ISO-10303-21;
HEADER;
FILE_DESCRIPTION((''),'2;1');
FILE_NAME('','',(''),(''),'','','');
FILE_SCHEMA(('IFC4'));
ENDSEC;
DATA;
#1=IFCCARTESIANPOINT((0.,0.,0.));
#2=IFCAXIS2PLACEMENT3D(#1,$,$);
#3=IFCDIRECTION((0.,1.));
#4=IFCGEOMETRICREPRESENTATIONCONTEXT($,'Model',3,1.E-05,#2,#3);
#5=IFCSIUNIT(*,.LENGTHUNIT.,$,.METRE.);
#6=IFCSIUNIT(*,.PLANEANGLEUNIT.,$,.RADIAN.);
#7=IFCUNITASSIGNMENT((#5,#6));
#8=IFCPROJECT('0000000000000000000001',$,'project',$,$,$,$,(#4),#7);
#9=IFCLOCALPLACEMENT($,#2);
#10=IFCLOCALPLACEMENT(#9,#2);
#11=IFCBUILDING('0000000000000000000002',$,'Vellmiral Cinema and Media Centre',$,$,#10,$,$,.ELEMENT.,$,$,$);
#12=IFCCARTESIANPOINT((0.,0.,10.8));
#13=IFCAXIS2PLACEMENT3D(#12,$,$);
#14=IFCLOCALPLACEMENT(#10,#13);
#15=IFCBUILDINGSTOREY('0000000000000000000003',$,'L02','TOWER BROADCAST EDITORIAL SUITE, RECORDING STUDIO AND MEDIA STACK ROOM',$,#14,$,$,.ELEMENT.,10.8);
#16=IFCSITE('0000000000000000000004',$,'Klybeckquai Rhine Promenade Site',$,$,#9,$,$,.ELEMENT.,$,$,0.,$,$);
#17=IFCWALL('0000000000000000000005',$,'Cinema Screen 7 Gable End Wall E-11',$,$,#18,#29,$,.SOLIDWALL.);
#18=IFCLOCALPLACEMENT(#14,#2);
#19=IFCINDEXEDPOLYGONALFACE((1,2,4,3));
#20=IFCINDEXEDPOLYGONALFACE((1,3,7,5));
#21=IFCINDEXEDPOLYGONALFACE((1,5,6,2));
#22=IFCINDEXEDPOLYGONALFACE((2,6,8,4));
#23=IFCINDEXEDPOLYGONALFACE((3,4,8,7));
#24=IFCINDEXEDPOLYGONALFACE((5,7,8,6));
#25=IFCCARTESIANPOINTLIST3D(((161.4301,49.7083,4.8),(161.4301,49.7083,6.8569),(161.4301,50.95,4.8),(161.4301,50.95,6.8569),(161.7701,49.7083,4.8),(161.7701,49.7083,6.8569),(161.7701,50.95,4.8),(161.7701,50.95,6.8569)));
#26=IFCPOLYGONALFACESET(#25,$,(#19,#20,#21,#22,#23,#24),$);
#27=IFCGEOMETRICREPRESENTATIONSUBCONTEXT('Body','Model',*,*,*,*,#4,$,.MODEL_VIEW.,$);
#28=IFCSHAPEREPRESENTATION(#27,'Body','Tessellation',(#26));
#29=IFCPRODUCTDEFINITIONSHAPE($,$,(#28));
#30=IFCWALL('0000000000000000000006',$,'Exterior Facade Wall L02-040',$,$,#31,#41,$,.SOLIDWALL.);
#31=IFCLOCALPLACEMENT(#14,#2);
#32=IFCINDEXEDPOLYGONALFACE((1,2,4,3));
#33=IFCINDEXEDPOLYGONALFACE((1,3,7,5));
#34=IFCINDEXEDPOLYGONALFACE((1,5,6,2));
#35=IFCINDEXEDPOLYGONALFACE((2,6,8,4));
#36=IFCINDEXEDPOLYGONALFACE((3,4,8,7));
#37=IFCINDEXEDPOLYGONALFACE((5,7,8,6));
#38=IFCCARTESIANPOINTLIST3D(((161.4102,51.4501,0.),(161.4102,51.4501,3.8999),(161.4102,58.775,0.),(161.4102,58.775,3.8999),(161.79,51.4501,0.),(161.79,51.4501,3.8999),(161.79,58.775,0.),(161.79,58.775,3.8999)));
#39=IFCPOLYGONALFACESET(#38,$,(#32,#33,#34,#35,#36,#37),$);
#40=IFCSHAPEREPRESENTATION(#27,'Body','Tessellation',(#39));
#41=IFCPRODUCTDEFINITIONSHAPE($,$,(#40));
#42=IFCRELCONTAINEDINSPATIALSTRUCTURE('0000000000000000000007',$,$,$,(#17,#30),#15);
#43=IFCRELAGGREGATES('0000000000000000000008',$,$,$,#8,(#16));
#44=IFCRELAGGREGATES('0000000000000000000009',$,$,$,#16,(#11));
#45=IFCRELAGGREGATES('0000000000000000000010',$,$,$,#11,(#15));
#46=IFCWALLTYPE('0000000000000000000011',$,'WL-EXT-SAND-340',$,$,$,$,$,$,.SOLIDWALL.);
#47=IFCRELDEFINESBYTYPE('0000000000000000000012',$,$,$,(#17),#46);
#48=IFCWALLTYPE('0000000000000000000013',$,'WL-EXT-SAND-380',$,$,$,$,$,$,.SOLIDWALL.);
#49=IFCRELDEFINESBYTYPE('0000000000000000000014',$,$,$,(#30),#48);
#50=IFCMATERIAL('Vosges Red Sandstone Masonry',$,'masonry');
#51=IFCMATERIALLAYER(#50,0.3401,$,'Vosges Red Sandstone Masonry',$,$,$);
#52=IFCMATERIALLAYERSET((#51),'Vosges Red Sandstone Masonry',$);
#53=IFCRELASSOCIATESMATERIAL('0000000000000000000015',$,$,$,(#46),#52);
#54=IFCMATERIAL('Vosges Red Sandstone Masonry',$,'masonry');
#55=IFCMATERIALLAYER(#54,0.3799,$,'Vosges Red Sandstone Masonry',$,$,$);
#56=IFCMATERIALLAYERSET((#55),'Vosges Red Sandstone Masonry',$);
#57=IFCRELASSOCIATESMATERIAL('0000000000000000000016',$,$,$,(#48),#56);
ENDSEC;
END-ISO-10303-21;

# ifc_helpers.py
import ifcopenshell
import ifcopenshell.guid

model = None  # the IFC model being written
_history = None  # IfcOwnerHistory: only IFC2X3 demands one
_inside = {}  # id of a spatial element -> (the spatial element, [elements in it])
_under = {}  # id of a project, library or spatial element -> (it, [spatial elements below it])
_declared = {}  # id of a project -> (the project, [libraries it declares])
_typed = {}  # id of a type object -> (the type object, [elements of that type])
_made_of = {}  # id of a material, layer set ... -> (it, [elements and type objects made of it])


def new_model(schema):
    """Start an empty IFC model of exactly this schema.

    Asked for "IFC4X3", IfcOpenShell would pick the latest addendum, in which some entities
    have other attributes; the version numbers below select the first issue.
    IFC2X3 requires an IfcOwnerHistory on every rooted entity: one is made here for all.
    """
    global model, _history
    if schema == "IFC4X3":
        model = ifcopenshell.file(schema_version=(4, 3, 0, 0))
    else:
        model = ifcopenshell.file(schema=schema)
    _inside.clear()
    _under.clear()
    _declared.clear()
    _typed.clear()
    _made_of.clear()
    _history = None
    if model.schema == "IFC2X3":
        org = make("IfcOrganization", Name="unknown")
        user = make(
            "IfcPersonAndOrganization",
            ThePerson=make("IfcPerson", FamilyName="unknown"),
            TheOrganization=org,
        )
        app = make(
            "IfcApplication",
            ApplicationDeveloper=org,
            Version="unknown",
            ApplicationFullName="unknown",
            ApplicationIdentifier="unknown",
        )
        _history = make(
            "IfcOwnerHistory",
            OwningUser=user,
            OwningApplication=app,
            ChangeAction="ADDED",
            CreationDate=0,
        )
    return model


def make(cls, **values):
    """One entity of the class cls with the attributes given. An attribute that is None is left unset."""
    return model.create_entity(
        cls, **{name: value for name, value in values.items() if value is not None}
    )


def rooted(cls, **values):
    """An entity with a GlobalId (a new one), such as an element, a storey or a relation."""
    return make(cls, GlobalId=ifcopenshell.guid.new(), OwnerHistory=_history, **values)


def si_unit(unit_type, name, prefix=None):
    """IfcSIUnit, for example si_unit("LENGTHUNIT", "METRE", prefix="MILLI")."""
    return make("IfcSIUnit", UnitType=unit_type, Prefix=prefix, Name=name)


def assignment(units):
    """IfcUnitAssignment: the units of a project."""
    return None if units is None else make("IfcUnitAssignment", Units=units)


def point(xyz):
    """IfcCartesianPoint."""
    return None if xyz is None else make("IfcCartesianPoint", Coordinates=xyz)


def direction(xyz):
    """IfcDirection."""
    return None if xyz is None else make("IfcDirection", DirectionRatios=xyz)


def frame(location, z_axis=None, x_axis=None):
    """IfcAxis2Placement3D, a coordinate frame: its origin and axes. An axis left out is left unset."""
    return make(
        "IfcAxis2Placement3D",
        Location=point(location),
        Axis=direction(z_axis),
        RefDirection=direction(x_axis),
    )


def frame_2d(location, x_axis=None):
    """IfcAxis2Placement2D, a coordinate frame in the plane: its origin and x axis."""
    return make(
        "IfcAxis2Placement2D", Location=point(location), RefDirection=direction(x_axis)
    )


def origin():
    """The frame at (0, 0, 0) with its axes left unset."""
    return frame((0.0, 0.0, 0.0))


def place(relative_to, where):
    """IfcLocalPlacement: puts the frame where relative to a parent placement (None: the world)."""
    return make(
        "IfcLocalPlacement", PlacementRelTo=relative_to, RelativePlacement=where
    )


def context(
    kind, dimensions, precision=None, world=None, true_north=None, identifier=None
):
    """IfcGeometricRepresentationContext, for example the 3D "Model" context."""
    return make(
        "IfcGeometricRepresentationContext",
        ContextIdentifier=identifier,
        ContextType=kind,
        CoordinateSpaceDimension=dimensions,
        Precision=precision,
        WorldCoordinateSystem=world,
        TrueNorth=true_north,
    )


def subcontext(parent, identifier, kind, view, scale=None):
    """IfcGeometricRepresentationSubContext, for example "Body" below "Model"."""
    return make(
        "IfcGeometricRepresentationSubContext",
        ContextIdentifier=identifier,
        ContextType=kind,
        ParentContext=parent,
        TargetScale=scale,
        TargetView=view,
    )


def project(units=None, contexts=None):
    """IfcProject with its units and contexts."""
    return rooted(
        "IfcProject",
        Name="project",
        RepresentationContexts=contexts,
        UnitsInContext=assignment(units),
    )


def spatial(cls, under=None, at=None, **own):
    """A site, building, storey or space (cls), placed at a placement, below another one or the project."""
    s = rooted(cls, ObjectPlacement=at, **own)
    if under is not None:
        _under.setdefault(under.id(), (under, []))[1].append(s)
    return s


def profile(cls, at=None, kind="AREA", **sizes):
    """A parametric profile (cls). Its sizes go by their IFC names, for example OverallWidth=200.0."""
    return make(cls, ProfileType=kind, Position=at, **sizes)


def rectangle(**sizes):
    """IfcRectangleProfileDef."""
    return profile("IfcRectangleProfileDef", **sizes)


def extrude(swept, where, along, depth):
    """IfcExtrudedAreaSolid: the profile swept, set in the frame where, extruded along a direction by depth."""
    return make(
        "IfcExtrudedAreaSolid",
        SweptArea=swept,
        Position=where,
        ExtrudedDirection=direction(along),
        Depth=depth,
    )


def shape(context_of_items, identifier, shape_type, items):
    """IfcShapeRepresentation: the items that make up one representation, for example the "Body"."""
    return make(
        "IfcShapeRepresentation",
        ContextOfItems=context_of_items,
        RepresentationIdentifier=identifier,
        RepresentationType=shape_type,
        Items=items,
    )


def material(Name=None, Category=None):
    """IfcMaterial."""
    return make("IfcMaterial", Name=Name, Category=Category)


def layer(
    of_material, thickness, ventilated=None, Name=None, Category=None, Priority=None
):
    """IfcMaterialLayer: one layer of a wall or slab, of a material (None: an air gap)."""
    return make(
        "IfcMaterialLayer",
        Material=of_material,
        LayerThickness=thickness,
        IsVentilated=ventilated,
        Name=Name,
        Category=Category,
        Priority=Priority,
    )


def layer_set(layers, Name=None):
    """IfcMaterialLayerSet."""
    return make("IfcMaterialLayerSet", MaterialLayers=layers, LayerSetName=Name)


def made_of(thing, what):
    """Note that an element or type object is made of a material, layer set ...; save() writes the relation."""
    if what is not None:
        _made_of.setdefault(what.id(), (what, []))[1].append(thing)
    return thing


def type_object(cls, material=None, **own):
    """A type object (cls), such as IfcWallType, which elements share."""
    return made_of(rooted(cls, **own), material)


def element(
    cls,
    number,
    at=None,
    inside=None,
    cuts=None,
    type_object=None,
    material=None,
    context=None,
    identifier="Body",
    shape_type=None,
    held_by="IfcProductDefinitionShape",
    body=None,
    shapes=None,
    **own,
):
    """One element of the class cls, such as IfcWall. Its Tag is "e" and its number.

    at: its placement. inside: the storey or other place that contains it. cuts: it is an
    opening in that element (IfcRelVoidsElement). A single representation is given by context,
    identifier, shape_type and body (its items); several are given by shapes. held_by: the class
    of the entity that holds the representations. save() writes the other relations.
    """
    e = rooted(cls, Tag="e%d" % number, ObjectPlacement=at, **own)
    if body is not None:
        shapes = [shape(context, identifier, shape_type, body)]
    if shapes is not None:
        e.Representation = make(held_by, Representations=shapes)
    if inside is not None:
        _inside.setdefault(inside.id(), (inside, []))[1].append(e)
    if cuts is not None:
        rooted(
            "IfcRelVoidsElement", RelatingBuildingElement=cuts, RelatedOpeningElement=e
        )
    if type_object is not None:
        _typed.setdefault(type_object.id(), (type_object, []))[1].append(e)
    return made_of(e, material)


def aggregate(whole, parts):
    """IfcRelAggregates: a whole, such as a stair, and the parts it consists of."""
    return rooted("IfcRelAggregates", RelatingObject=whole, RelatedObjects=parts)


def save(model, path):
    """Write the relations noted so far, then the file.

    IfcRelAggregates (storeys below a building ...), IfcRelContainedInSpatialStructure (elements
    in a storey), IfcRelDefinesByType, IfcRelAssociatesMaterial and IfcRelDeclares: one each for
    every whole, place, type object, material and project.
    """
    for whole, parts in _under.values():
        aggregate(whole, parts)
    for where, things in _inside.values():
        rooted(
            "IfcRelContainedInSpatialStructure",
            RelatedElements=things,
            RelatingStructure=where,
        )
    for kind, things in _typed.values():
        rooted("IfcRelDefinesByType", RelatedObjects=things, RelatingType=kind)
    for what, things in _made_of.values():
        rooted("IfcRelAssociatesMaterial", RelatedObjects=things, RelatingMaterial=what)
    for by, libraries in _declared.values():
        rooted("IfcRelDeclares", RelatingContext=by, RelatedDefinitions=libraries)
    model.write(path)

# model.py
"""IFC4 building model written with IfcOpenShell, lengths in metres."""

from ifc_helpers import new_model, si_unit, direction, frame, frame_2d, origin, place, context, subcontext, project, spatial, rectangle, extrude, material, layer, layer_set, type_object, element, save


model = new_model("IFC4")

# Units and contexts
model_context = context("Model", 3, precision=1e-05, world=origin(), true_north=direction((0.0, 1.0)))
body_context = subcontext(model_context, "Body", "Model", "MODEL_VIEW")
ifc_project = project(units=[si_unit("LENGTHUNIT", "METRE"), si_unit("PLANEANGLEUNIT", "RADIAN")], contexts=[model_context])

# Site, building, storey
site_placement = place(None, origin())
site = spatial("IfcSite", under=ifc_project, at=site_placement, Name="Klybeckquai Rhine Promenade Site", CompositionType="ELEMENT", RefElevation=0.0)
building_placement = place(site_placement, origin())
building = spatial("IfcBuilding", under=site, at=building_placement, Name="Vellmiral Cinema and Media Centre", CompositionType="ELEMENT")
storey_placement = place(building_placement, frame((0.0, 0.0, 10.8)))
storey = spatial("IfcBuildingStorey", under=building, at=storey_placement, Name="L02", Description="TOWER BROADCAST EDITORIAL SUITE, RECORDING STUDIO AND MEDIA STACK ROOM", CompositionType="ELEMENT", Elevation=10.8)

# Walls
ifc_material_1 = material(Name="Vosges Red Sandstone Masonry", Category="masonry")
ifc_layer_1 = layer(ifc_material_1, 0.3401, Name="Vosges Red Sandstone Masonry")
ifc_layer_set_1 = layer_set([ifc_layer_1], Name="Vosges Red Sandstone Masonry")
wall_type_1 = type_object("IfcWallType", Name="WL-EXT-SAND-340", PredefinedType="SOLIDWALL", material=ifc_layer_set_1)
wall_1_placement = place(storey_placement, frame((161.6001, 49.7083, 4.8), z_axis=(0.0, 0.0, 1.0), x_axis=(0.0, 1.0, 0.0)))
element("IfcWall", 1, at=wall_1_placement, inside=storey, type_object=wall_type_1, Name="Cinema Screen 7 Gable End Wall E-11", PredefinedType="SOLIDWALL", context=body_context, shape_type="SweptSolid", body=[
    extrude(rectangle(XDim=1.2417, YDim=0.3401, at=frame_2d((0.6208, 0.0))), origin(), (0.0, 0.0, 1.0), 2.0569),
])
ifc_material_2 = material(Name="Vosges Red Sandstone Masonry", Category="masonry")
ifc_layer_2 = layer(ifc_material_2, 0.3799, Name="Vosges Red Sandstone Masonry")
ifc_layer_set_2 = layer_set([ifc_layer_2], Name="Vosges Red Sandstone Masonry")
wall_type_2 = type_object("IfcWallType", Name="WL-EXT-SAND-380", PredefinedType="SOLIDWALL", material=ifc_layer_set_2)
wall_2_placement = place(storey_placement, frame((161.6001, 51.45, 0.0), z_axis=(0.0, 0.0, 1.0), x_axis=(0.0, 1.0, 0.0)))
element("IfcWall", 2, at=wall_2_placement, inside=storey, type_object=wall_type_2, Name="Exterior Facade Wall L02-040", PredefinedType="SOLIDWALL", context=body_context, shape_type="SweptSolid", body=[
    extrude(rectangle(XDim=7.325, YDim=0.3799, at=frame_2d((3.6626, 0.0))), origin(), (0.0, 0.0, 1.0), 3.8999),
])

save(model, "model.ifc")
